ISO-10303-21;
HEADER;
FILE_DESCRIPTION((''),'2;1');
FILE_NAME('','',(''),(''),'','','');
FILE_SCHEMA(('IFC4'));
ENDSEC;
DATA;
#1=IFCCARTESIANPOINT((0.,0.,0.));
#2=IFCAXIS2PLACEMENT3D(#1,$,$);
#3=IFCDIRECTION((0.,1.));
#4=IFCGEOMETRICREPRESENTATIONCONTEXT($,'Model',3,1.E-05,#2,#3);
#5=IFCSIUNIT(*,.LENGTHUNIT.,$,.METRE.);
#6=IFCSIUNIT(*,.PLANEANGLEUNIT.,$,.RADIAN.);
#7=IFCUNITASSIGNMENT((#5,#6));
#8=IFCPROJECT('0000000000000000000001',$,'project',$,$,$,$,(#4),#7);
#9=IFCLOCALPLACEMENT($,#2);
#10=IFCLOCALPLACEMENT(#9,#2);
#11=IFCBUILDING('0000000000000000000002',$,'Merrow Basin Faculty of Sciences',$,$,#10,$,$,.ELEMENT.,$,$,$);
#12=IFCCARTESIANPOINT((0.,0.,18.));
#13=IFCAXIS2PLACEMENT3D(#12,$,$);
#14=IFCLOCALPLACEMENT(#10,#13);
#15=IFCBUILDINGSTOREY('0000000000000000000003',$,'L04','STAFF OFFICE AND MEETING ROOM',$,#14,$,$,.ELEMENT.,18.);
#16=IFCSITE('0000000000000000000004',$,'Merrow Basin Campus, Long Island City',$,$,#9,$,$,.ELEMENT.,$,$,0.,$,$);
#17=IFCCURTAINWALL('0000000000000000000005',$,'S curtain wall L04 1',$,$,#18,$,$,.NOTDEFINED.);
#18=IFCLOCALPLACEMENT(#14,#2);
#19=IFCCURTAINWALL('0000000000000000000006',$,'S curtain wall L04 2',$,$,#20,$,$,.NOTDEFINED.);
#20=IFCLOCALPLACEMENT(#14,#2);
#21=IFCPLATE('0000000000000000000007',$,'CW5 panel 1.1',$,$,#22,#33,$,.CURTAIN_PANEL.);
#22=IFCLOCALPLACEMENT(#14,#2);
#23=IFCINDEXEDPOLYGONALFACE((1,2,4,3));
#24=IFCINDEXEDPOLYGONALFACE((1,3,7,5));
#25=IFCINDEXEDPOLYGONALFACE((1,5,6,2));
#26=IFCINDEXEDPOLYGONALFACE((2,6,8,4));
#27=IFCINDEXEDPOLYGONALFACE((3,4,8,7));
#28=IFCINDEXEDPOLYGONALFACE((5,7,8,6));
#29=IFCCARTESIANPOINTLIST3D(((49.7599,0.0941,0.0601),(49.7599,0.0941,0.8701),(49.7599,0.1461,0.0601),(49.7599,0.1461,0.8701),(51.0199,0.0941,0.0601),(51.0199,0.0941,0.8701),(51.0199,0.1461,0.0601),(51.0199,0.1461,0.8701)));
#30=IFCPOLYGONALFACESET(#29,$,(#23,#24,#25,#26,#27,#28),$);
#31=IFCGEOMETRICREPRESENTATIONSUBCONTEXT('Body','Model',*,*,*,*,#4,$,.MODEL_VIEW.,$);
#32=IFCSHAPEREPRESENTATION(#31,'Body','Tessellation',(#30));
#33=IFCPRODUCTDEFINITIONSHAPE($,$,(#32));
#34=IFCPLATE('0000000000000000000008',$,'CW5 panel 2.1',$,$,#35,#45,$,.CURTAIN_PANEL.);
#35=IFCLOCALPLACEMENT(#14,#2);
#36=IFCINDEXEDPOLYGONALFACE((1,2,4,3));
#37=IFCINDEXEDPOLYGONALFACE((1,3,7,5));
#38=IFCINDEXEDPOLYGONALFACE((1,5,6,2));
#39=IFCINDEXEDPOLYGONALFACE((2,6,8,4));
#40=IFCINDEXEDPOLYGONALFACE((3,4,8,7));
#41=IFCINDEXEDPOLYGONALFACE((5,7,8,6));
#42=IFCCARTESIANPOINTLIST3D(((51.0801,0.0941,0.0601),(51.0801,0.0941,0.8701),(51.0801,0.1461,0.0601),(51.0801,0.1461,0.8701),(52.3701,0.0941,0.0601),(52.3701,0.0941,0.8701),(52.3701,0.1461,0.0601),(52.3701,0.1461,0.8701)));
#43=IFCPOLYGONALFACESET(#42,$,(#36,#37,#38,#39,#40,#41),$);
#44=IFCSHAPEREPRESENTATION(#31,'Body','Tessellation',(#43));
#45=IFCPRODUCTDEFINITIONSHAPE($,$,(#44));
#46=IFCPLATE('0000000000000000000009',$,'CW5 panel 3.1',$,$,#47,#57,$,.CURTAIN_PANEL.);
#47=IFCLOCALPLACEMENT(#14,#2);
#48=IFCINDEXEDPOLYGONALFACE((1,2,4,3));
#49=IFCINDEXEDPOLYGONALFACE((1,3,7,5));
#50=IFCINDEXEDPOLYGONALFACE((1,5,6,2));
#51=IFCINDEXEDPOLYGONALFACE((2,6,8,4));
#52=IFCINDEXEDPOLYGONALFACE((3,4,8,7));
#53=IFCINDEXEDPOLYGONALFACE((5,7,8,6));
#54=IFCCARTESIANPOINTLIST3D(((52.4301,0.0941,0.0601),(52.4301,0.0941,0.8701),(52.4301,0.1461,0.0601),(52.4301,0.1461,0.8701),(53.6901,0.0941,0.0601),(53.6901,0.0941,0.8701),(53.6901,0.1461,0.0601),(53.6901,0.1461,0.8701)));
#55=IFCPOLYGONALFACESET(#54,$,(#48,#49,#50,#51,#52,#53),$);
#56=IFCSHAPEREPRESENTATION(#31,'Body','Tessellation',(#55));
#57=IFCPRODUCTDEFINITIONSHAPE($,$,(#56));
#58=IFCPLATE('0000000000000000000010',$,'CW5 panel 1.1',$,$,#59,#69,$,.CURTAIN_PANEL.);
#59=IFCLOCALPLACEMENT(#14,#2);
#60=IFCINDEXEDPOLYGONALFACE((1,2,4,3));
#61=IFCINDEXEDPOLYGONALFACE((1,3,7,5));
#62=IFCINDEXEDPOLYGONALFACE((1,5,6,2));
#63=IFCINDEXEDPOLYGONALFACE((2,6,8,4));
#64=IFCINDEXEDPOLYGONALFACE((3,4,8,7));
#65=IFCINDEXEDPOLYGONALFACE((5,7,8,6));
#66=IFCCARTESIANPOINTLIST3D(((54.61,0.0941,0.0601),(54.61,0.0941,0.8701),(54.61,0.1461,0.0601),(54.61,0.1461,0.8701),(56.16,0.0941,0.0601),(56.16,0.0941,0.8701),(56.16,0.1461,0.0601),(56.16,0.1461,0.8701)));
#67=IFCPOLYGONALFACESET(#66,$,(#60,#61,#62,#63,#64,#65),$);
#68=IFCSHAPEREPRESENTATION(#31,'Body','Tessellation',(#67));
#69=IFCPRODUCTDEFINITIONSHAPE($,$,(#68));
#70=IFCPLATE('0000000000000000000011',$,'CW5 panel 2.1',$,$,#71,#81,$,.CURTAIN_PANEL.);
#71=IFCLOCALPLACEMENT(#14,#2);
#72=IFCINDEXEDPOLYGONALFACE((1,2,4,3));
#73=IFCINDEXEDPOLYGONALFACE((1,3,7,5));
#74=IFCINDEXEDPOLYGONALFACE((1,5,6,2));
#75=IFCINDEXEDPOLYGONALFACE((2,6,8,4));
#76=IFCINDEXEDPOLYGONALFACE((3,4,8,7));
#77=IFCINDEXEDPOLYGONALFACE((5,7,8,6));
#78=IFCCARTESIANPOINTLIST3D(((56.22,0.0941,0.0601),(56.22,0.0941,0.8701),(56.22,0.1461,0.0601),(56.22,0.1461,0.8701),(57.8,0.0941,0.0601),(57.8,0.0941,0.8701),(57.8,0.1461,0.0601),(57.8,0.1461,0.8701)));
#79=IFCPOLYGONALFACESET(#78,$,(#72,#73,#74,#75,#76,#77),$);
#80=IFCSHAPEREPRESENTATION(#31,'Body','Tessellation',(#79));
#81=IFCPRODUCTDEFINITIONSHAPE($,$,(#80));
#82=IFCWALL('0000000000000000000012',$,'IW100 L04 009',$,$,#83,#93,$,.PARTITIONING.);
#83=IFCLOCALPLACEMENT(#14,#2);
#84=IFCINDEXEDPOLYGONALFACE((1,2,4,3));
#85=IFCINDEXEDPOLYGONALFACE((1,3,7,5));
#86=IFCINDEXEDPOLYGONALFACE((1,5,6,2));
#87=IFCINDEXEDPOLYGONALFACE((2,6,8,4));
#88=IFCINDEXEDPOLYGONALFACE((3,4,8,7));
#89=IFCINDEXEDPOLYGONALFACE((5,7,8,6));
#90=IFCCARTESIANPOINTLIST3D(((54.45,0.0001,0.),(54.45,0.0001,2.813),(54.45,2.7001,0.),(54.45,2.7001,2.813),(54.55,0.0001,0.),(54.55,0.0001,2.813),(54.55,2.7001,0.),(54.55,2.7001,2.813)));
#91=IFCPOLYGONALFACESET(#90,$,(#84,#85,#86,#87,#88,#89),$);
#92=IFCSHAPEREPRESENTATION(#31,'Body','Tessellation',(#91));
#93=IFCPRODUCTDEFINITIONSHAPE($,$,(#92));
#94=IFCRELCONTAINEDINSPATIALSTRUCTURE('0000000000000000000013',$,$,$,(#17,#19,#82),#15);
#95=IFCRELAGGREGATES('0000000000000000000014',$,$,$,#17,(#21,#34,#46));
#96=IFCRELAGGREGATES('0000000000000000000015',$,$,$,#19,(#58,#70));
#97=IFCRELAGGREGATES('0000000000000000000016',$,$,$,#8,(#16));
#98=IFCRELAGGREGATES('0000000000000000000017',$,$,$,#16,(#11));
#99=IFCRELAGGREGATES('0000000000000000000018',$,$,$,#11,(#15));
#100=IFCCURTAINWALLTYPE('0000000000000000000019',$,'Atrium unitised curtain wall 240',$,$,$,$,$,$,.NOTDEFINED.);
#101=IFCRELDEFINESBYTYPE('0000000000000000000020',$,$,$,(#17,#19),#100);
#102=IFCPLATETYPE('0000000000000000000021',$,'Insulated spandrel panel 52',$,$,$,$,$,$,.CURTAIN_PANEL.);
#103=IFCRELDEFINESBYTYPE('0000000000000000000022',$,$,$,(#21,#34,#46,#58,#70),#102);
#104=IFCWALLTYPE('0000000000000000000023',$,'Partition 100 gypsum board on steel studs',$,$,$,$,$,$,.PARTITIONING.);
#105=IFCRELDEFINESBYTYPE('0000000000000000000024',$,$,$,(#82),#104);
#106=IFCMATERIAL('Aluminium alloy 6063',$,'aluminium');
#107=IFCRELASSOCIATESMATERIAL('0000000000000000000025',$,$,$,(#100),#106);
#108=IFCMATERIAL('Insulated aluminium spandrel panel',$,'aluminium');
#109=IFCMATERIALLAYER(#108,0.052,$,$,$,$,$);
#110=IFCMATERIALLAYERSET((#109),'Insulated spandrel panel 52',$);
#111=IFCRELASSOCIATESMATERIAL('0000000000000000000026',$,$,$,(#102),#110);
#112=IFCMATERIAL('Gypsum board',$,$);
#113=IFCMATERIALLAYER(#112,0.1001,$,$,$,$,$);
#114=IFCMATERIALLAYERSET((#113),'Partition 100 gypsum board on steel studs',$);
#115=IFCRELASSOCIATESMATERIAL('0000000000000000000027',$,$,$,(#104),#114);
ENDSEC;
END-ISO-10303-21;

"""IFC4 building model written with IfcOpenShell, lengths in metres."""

from ifc_helpers import new_model, si_unit, direction, frame, frame_2d, origin, origin_2d, place, context, subcontext, project, spatial, rectangle, extrude, material, layer, layer_set, type_object, element, aggregate, save


model = new_model("IFC4")

# Units and contexts
model_context = context("Model", 3, precision=1e-05, world=origin(), true_north=direction((0.0, 1.0)))
body_context = subcontext(model_context, "Body", "Model", "MODEL_VIEW")
ifc_project = project(units=[si_unit("LENGTHUNIT", "METRE"), si_unit("PLANEANGLEUNIT", "RADIAN")], contexts=[model_context])

# Site, building, storey
site_placement = place(None, origin())
site = spatial("IfcSite", under=ifc_project, at=site_placement, Name="Merrow Basin Campus, Long Island City", CompositionType="ELEMENT", RefElevation=0.0)
building_placement = place(site_placement, origin())
building = spatial("IfcBuilding", under=site, at=building_placement, Name="Merrow Basin Faculty of Sciences", CompositionType="ELEMENT")
storey_placement = place(building_placement, frame((0.0, 0.0, 18.0)))
storey = spatial("IfcBuildingStorey", under=building, at=storey_placement, Name="L04", Description="STAFF OFFICE AND MEETING ROOM", CompositionType="ELEMENT", Elevation=18.0)

# Curtain walls
ifc_material_1 = material(Name="Aluminium alloy 6063", Category="aluminium")
curtain_wall_type = type_object("IfcCurtainWallType", Name="Atrium unitised curtain wall 240", PredefinedType="NOTDEFINED", material=ifc_material_1)
curtain_wall_1_placement = place(storey_placement, origin())
curtain_wall_1 = element("IfcCurtainWall", 1, at=curtain_wall_1_placement, inside=storey, type_object=curtain_wall_type, Name="S curtain wall L04 1", PredefinedType="NOTDEFINED")
curtain_wall_2_placement = place(storey_placement, origin())
curtain_wall_2 = element("IfcCurtainWall", 2, at=curtain_wall_2_placement, inside=storey, type_object=curtain_wall_type, Name="S curtain wall L04 2", PredefinedType="NOTDEFINED")

# Plates
ifc_material_2 = material(Name="Insulated aluminium spandrel panel", Category="aluminium")
ifc_layer_1 = layer(ifc_material_2, 0.052)
ifc_layer_set_1 = layer_set([ifc_layer_1], Name="Insulated spandrel panel 52")
plate_type_1 = type_object("IfcPlateType", Name="Insulated spandrel panel 52", PredefinedType="CURTAIN_PANEL", material=ifc_layer_set_1)
plate_1_placement = place(storey_placement, frame((50.3899, 0.1201, 0.0601), z_axis=(0.0, 0.0, 1.0), x_axis=(1.0, 0.0, 0.0)))
plate_1 = element("IfcPlate", 3, at=plate_1_placement, type_object=plate_type_1, Name="CW5 panel 1.1", PredefinedType="CURTAIN_PANEL", context=body_context, shape_type="SweptSolid", body=[
    extrude(rectangle(XDim=1.26, YDim=0.052, at=origin_2d()), origin(), (0.0, 0.0, 1.0), 0.8101),
])
plate_2_placement = place(storey_placement, frame((51.7251, 0.1201, 0.0601), z_axis=(0.0, 0.0, 1.0), x_axis=(1.0, 0.0, 0.0)))
plate_2 = element("IfcPlate", 4, at=plate_2_placement, type_object=plate_type_1, Name="CW5 panel 2.1", PredefinedType="CURTAIN_PANEL", context=body_context, shape_type="SweptSolid", body=[
    extrude(rectangle(XDim=1.29, YDim=0.052, at=origin_2d()), origin(), (0.0, 0.0, 1.0), 0.8101),
])
plate_3_placement = place(storey_placement, frame((53.0601, 0.1201, 0.0601), z_axis=(0.0, 0.0, 1.0), x_axis=(1.0, 0.0, 0.0)))
plate_3 = element("IfcPlate", 5, at=plate_3_placement, type_object=plate_type_1, Name="CW5 panel 3.1", PredefinedType="CURTAIN_PANEL", context=body_context, shape_type="SweptSolid", body=[
    extrude(rectangle(XDim=1.26, YDim=0.052, at=origin_2d()), origin(), (0.0, 0.0, 1.0), 0.8101),
])
aggregate(curtain_wall_1, [plate_1, plate_2, plate_3])
plate_4_placement = place(storey_placement, frame((55.385, 0.1201, 0.0601), z_axis=(0.0, 0.0, 1.0), x_axis=(1.0, 0.0, 0.0)))
plate_4 = element("IfcPlate", 6, at=plate_4_placement, type_object=plate_type_1, Name="CW5 panel 1.1", PredefinedType="CURTAIN_PANEL", context=body_context, shape_type="SweptSolid", body=[
    extrude(rectangle(XDim=1.55, YDim=0.052, at=origin_2d()), origin(), (0.0, 0.0, 1.0), 0.8101),
])
plate_5_placement = place(storey_placement, frame((57.01, 0.1201, 0.0601), z_axis=(0.0, 0.0, 1.0), x_axis=(1.0, 0.0, 0.0)))
plate_5 = element("IfcPlate", 7, at=plate_5_placement, type_object=plate_type_1, Name="CW5 panel 2.1", PredefinedType="CURTAIN_PANEL", context=body_context, shape_type="SweptSolid", body=[
    extrude(rectangle(XDim=1.5801, YDim=0.052, at=origin_2d()), origin(), (0.0, 0.0, 1.0), 0.8101),
])
aggregate(curtain_wall_2, [plate_4, plate_5])

# Wall
ifc_material_3 = material(Name="Gypsum board")
ifc_layer_2 = layer(ifc_material_3, 0.1001)
ifc_layer_set_2 = layer_set([ifc_layer_2], Name="Partition 100 gypsum board on steel studs")
wall_type = type_object("IfcWallType", Name="Partition 100 gypsum board on steel studs", PredefinedType="PARTITIONING", material=ifc_layer_set_2)
wall_placement = place(storey_placement, frame((54.5, 0.0, 0.0), z_axis=(0.0, 0.0, 1.0), x_axis=(0.0, 1.0, 0.0)))
element("IfcWall", 8, at=wall_placement, inside=storey, type_object=wall_type, Name="IW100 L04 009", PredefinedType="PARTITIONING", context=body_context, shape_type="SweptSolid", body=[
    extrude(rectangle(XDim=2.7, YDim=0.1001, at=frame_2d((1.3501, 0.0))), origin(), (0.0, 0.0, 1.0), 2.813),
])

save(model, "model.ifc")
